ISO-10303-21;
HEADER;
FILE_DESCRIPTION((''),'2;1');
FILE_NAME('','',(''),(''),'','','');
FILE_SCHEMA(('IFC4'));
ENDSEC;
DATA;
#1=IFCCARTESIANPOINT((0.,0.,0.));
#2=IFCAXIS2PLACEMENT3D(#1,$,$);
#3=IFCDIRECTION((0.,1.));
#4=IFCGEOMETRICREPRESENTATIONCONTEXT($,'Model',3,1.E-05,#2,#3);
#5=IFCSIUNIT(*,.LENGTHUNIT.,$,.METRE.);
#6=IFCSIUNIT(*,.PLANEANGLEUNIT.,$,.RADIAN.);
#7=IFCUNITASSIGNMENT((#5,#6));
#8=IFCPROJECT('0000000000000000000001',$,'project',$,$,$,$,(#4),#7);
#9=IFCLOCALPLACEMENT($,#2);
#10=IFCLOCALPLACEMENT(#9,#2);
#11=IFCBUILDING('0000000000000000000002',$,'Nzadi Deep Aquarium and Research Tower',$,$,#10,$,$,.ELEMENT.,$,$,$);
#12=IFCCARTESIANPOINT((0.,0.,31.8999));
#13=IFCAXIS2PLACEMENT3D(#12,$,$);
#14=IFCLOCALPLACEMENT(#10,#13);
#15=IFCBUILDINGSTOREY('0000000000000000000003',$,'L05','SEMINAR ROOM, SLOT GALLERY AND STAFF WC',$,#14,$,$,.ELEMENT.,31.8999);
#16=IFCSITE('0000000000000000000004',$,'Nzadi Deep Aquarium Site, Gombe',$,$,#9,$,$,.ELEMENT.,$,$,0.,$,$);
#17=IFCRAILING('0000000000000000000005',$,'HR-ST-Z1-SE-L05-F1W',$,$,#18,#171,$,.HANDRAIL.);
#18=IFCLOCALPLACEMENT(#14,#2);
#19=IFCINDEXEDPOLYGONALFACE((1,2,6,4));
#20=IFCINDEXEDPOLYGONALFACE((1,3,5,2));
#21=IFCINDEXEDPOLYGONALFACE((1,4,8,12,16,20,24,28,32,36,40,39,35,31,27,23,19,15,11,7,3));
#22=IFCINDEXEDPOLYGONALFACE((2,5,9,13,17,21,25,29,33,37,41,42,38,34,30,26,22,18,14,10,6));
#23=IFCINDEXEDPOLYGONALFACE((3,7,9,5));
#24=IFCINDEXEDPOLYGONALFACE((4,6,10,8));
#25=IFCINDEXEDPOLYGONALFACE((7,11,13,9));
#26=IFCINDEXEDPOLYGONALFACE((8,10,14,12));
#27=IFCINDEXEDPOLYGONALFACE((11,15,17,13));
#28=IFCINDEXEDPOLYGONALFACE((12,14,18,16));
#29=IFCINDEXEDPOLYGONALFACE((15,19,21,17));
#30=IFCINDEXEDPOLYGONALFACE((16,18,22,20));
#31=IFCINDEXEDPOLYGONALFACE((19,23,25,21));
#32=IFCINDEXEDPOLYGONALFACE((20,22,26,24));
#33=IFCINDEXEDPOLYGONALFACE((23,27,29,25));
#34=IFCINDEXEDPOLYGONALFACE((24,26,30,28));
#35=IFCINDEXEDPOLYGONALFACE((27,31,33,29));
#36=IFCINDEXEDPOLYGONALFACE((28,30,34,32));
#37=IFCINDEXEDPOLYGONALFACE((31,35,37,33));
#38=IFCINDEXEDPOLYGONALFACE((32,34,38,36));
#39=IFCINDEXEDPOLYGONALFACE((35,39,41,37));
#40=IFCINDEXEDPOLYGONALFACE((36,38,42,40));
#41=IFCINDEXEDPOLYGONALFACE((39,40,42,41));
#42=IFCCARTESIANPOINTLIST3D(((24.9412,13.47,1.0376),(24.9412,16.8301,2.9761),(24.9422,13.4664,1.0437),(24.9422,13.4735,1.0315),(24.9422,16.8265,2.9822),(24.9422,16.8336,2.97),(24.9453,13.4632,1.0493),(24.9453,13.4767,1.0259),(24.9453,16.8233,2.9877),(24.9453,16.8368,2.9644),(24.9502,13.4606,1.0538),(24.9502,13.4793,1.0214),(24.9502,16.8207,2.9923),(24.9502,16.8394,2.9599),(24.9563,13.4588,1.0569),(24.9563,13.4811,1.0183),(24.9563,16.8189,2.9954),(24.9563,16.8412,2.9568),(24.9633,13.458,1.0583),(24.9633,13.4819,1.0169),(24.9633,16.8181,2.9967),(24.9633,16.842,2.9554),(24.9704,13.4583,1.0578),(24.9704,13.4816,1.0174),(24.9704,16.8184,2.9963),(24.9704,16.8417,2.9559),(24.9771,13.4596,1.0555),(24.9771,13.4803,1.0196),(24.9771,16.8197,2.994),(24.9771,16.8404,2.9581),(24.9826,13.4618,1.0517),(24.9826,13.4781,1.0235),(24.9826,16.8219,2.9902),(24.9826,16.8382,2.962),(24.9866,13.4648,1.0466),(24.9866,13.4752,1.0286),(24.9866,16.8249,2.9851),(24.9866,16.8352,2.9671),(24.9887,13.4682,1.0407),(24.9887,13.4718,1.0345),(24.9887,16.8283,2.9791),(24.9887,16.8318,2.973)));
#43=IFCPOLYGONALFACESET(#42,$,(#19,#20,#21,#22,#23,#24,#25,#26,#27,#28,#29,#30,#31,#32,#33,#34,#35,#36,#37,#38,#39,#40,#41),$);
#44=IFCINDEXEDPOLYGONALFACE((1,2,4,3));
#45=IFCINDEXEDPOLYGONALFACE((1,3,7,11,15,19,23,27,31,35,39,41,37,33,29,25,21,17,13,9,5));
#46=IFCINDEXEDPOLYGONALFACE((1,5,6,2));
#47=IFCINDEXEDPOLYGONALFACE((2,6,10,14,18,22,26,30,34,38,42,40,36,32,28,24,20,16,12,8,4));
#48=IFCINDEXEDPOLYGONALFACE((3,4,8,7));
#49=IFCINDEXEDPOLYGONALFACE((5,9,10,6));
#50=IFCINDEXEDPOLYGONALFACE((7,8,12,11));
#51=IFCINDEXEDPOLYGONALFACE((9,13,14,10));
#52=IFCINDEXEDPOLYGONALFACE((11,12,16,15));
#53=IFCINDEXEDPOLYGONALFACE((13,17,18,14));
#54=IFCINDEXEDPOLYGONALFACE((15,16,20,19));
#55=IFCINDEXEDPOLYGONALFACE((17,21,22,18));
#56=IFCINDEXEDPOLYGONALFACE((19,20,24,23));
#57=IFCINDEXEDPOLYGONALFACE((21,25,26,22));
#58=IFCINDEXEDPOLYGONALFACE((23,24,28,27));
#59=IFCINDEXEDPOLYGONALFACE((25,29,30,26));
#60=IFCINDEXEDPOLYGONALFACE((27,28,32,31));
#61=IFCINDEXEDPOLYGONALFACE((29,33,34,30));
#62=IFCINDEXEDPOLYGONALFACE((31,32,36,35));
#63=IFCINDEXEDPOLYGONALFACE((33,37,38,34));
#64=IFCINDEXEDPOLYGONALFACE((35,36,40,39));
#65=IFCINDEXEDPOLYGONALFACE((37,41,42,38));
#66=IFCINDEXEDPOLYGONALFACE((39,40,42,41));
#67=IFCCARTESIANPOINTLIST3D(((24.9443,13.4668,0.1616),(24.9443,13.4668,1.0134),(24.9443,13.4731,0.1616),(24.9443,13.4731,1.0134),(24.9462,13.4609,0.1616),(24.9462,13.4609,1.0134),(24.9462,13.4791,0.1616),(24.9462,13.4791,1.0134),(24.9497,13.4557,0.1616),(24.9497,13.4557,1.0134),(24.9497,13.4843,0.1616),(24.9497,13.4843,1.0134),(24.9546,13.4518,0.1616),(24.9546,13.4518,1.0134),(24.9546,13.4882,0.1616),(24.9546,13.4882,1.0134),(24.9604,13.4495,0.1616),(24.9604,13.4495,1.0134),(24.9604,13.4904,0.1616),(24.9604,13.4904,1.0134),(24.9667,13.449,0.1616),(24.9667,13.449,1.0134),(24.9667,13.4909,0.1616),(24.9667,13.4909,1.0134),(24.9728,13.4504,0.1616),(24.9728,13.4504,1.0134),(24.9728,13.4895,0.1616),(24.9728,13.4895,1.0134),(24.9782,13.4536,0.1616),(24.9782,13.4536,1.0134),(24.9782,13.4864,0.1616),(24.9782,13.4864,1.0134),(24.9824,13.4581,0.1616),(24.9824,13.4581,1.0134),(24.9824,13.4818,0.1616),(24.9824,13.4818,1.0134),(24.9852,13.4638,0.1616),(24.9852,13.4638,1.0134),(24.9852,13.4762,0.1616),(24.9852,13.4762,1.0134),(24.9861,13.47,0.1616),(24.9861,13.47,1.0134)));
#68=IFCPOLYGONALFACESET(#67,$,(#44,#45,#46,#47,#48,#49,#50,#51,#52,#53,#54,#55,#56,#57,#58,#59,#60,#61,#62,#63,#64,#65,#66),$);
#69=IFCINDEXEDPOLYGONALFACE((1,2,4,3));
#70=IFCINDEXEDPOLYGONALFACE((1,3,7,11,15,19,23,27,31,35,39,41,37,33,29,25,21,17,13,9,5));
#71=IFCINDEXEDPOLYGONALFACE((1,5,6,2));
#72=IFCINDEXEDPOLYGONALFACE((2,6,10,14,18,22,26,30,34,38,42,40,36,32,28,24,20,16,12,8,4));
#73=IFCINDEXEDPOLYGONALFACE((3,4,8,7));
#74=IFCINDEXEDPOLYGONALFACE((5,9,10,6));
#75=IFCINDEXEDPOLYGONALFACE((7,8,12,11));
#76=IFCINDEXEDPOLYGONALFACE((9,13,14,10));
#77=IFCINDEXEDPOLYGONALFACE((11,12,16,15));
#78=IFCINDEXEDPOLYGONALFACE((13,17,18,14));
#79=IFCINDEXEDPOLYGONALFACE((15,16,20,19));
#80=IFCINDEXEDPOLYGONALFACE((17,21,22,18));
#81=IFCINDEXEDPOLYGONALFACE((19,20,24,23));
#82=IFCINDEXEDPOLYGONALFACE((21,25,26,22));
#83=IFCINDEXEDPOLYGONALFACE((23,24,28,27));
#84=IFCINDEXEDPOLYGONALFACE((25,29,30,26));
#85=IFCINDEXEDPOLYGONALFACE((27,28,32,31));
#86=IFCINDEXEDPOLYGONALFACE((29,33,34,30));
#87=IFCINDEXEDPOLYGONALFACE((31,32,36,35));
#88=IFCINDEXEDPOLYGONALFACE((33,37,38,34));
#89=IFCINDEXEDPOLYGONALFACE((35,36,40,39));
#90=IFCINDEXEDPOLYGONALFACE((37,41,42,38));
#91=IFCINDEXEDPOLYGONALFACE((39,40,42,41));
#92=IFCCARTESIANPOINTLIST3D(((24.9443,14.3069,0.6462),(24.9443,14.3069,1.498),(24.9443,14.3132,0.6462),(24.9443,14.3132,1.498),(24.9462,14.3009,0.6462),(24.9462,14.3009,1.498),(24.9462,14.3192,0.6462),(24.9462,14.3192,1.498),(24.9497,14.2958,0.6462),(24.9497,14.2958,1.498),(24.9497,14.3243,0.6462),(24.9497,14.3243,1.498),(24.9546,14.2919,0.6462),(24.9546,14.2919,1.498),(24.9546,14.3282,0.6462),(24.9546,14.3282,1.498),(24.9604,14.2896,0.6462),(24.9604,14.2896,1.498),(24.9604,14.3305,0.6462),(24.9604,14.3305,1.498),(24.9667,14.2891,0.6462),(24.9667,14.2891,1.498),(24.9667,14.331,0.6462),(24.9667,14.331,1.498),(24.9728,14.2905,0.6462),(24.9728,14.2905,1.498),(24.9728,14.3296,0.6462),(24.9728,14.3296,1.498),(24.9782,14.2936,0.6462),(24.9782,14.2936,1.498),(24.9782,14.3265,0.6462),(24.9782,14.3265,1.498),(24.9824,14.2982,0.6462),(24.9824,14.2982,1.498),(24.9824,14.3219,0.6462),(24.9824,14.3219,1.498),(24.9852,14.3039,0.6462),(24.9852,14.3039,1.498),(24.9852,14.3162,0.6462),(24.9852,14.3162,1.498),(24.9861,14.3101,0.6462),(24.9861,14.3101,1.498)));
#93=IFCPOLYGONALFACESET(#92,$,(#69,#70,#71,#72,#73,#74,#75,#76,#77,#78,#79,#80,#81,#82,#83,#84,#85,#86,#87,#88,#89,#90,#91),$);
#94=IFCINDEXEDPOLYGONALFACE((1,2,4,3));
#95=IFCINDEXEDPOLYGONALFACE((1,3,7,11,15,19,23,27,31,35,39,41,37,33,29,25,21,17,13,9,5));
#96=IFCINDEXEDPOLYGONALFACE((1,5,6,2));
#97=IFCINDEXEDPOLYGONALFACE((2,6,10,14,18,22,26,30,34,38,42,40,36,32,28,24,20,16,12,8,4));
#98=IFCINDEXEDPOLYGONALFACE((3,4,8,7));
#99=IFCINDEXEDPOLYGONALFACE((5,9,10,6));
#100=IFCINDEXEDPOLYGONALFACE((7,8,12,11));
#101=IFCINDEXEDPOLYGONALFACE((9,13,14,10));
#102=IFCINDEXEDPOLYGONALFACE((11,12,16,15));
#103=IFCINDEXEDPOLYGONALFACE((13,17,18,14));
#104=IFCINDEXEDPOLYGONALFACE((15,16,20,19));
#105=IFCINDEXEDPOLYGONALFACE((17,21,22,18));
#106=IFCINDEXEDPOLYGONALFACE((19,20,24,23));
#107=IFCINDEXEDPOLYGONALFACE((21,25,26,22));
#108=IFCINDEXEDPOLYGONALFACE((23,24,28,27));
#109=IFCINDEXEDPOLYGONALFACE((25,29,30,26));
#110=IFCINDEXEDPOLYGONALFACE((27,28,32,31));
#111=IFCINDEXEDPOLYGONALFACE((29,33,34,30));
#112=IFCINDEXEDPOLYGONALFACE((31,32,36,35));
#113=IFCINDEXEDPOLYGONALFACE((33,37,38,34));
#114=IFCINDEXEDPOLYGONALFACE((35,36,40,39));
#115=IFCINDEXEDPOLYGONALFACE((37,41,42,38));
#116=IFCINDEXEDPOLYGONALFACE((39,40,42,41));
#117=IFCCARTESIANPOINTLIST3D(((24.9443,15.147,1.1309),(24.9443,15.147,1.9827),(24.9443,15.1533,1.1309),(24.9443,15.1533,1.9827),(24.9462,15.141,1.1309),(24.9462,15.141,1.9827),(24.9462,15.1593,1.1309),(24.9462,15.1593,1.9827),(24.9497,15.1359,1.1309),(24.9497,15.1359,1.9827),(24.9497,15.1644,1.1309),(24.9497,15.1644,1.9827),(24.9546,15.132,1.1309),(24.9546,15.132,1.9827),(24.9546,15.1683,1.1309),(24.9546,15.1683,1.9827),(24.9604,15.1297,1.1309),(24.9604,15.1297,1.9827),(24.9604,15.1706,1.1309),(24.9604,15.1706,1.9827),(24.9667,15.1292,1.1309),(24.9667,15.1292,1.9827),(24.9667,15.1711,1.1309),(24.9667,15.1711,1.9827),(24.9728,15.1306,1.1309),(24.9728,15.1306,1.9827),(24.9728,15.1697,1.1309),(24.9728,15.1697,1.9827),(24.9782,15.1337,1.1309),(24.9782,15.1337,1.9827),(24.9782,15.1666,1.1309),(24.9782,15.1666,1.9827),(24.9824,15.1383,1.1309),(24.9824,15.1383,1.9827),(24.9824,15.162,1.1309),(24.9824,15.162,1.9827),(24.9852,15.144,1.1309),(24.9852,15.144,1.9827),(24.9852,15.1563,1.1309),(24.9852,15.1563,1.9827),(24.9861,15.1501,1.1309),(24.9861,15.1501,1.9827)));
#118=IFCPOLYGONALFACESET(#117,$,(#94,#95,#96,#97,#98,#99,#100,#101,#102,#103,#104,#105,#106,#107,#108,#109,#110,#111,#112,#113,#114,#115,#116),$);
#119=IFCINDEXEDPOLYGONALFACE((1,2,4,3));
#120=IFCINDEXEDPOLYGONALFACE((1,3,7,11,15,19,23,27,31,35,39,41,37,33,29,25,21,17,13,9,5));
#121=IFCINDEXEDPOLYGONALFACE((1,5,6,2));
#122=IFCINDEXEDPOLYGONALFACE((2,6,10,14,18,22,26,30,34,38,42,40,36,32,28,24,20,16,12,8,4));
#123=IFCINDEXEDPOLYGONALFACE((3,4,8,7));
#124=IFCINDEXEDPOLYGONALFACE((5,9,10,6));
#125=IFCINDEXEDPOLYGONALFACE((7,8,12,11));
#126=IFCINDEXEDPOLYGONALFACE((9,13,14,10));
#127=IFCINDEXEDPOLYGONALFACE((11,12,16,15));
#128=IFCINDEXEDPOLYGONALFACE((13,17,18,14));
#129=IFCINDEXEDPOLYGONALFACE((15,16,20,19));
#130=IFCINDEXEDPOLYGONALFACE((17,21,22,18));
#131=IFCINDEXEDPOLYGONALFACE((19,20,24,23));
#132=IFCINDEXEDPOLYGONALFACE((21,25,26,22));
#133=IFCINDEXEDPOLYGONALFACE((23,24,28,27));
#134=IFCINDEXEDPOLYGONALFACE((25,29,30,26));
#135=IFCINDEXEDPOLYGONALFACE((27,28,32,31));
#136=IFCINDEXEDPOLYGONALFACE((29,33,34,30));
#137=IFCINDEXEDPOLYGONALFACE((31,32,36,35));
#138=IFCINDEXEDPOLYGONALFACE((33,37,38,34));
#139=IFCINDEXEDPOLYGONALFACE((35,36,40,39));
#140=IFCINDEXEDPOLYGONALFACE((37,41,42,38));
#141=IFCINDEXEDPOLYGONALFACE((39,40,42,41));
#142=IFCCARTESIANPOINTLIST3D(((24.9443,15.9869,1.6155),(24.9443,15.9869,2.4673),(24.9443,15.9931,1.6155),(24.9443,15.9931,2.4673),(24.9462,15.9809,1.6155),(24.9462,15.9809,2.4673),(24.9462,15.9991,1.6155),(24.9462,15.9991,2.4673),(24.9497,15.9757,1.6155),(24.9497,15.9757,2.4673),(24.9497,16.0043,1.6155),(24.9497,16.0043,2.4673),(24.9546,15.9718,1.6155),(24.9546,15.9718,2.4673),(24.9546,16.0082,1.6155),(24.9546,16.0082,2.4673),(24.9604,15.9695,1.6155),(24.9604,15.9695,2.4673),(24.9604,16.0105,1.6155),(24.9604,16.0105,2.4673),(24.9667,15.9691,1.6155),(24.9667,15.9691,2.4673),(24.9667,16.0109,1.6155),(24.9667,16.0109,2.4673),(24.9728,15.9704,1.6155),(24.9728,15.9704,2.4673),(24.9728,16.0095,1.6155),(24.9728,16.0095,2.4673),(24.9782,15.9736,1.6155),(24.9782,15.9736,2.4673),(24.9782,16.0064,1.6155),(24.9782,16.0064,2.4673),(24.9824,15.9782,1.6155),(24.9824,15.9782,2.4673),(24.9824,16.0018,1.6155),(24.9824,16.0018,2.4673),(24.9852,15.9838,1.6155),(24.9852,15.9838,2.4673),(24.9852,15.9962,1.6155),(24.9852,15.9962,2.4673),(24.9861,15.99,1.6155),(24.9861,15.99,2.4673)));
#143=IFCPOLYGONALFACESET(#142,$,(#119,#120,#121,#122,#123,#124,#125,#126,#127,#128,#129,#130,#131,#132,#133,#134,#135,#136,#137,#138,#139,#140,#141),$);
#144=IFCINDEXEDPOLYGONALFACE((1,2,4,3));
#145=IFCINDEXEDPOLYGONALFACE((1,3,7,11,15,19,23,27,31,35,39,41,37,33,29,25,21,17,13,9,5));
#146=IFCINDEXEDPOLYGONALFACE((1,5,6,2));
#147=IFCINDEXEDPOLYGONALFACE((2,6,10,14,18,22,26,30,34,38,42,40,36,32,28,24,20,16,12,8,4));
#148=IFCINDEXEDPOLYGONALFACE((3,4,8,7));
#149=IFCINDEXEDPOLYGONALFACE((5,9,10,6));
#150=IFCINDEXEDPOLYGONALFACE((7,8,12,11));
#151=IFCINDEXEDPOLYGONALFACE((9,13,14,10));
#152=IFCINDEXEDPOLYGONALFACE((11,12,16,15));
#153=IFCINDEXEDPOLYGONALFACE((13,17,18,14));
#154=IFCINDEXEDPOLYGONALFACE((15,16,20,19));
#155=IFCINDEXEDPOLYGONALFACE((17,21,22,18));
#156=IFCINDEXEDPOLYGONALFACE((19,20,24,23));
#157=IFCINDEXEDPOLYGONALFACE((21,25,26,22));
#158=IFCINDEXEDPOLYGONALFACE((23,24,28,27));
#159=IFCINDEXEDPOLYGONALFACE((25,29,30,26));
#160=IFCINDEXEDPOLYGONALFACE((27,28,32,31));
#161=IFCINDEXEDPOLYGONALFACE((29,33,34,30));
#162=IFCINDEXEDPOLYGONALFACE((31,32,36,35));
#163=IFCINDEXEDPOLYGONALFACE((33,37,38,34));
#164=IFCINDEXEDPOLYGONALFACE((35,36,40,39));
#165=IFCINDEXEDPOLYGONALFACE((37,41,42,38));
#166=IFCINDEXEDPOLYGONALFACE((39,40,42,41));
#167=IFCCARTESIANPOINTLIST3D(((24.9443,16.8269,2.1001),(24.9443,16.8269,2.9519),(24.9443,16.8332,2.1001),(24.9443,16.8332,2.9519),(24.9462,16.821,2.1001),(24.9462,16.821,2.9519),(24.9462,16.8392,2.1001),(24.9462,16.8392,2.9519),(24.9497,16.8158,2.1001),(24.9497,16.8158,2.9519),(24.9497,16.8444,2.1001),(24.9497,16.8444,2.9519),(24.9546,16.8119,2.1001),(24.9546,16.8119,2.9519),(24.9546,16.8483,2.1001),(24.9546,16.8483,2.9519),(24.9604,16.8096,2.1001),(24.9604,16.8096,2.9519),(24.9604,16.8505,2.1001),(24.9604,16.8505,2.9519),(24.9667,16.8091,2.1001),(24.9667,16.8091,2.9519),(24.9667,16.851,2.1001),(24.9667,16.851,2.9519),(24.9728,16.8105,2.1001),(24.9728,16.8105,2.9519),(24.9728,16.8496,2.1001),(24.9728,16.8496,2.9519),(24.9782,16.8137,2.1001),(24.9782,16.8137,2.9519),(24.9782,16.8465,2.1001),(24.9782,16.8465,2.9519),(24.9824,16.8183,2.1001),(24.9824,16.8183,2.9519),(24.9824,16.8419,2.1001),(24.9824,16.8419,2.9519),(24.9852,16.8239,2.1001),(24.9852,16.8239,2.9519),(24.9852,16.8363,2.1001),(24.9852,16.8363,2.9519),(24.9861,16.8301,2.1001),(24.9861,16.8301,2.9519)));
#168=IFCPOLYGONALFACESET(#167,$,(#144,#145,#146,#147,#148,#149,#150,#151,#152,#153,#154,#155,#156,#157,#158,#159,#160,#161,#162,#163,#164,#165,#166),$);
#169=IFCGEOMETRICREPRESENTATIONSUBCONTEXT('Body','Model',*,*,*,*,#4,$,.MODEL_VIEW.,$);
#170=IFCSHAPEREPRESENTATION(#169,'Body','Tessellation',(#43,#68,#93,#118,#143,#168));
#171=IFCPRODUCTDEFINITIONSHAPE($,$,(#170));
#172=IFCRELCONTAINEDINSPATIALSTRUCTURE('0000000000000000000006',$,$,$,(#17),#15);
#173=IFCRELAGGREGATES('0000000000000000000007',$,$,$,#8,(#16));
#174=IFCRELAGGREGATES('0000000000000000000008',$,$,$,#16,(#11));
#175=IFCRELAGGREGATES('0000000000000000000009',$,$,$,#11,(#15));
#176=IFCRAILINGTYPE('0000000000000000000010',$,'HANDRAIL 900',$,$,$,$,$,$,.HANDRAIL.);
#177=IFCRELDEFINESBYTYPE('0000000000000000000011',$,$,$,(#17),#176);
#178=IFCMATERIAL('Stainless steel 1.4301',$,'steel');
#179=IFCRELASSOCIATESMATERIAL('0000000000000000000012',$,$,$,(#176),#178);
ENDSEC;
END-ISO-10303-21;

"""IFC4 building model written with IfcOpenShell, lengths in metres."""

from ifc_helpers import new_model, si_unit, direction, frame, origin, origin_2d, place, context, subcontext, project, spatial, circle, extrude, material, type_object, element, save


model = new_model("IFC4")

# Units and contexts
model_context = context("Model", 3, precision=1e-05, world=origin(), true_north=direction((0.0, 1.0)))
body_context = subcontext(model_context, "Body", "Model", "MODEL_VIEW")
ifc_project = project(units=[si_unit("LENGTHUNIT", "METRE"), si_unit("PLANEANGLEUNIT", "RADIAN")], contexts=[model_context])

# Site, building, storey
site_placement = place(None, origin())
site = spatial("IfcSite", under=ifc_project, at=site_placement, Name="Nzadi Deep Aquarium Site, Gombe", CompositionType="ELEMENT", RefElevation=0.0)
building_placement = place(site_placement, origin())
building = spatial("IfcBuilding", under=site, at=building_placement, Name="Nzadi Deep Aquarium and Research Tower", CompositionType="ELEMENT")
storey_placement = place(building_placement, frame((0.0, 0.0, 31.8999)))
storey = spatial("IfcBuildingStorey", under=building, at=storey_placement, Name="L05", Description="SEMINAR ROOM, SLOT GALLERY AND STAFF WC", CompositionType="ELEMENT", Elevation=31.8999)

# Railing
ifc_material_1 = material(Name="Stainless steel 1.4301", Category="steel")
railing_type = type_object("IfcRailingType", Name="HANDRAIL 900", PredefinedType="HANDRAIL", material=ifc_material_1)
for number, where, name in (
    (1, (24.9651, 13.47, 0.1616), "HR-ST-Z1-SE-L05-F1W"),
):
    element("IfcRailing", number, at=place(storey_placement, frame(where)), inside=storey, type_object=railing_type, Name=name, PredefinedType="HANDRAIL", context=body_context, shape_type="SweptSolid", body=[
        extrude(circle(Radius=0.0239, at=origin_2d()), frame((0.0, 0.0, 0.876), z_axis=(0.0, 0.866191, 0.499713), x_axis=(-1.0, 0.0, 0.0)), (0.0, 0.0, 1.0), 3.8792),
        extrude(circle(Radius=0.021, at=origin_2d()), origin(), (0.0, 0.0, 1.0), 0.8518),
        extrude(circle(Radius=0.021, at=origin_2d()), frame((0.0, 0.8401, 0.4846)), (0.0, 0.0, 1.0), 0.8518),
        extrude(circle(Radius=0.021, at=origin_2d()), frame((0.0, 1.6802, 0.9692)), (0.0, 0.0, 1.0), 0.8518),
        extrude(circle(Radius=0.021, at=origin_2d()), frame((0.0, 2.52, 1.4539)), (0.0, 0.0, 1.0), 0.8518),
        extrude(circle(Radius=0.021, at=origin_2d()), frame((0.0, 3.3601, 1.9385)), (0.0, 0.0, 1.0), 0.8518),
    ])

save(model, "model.ifc")
